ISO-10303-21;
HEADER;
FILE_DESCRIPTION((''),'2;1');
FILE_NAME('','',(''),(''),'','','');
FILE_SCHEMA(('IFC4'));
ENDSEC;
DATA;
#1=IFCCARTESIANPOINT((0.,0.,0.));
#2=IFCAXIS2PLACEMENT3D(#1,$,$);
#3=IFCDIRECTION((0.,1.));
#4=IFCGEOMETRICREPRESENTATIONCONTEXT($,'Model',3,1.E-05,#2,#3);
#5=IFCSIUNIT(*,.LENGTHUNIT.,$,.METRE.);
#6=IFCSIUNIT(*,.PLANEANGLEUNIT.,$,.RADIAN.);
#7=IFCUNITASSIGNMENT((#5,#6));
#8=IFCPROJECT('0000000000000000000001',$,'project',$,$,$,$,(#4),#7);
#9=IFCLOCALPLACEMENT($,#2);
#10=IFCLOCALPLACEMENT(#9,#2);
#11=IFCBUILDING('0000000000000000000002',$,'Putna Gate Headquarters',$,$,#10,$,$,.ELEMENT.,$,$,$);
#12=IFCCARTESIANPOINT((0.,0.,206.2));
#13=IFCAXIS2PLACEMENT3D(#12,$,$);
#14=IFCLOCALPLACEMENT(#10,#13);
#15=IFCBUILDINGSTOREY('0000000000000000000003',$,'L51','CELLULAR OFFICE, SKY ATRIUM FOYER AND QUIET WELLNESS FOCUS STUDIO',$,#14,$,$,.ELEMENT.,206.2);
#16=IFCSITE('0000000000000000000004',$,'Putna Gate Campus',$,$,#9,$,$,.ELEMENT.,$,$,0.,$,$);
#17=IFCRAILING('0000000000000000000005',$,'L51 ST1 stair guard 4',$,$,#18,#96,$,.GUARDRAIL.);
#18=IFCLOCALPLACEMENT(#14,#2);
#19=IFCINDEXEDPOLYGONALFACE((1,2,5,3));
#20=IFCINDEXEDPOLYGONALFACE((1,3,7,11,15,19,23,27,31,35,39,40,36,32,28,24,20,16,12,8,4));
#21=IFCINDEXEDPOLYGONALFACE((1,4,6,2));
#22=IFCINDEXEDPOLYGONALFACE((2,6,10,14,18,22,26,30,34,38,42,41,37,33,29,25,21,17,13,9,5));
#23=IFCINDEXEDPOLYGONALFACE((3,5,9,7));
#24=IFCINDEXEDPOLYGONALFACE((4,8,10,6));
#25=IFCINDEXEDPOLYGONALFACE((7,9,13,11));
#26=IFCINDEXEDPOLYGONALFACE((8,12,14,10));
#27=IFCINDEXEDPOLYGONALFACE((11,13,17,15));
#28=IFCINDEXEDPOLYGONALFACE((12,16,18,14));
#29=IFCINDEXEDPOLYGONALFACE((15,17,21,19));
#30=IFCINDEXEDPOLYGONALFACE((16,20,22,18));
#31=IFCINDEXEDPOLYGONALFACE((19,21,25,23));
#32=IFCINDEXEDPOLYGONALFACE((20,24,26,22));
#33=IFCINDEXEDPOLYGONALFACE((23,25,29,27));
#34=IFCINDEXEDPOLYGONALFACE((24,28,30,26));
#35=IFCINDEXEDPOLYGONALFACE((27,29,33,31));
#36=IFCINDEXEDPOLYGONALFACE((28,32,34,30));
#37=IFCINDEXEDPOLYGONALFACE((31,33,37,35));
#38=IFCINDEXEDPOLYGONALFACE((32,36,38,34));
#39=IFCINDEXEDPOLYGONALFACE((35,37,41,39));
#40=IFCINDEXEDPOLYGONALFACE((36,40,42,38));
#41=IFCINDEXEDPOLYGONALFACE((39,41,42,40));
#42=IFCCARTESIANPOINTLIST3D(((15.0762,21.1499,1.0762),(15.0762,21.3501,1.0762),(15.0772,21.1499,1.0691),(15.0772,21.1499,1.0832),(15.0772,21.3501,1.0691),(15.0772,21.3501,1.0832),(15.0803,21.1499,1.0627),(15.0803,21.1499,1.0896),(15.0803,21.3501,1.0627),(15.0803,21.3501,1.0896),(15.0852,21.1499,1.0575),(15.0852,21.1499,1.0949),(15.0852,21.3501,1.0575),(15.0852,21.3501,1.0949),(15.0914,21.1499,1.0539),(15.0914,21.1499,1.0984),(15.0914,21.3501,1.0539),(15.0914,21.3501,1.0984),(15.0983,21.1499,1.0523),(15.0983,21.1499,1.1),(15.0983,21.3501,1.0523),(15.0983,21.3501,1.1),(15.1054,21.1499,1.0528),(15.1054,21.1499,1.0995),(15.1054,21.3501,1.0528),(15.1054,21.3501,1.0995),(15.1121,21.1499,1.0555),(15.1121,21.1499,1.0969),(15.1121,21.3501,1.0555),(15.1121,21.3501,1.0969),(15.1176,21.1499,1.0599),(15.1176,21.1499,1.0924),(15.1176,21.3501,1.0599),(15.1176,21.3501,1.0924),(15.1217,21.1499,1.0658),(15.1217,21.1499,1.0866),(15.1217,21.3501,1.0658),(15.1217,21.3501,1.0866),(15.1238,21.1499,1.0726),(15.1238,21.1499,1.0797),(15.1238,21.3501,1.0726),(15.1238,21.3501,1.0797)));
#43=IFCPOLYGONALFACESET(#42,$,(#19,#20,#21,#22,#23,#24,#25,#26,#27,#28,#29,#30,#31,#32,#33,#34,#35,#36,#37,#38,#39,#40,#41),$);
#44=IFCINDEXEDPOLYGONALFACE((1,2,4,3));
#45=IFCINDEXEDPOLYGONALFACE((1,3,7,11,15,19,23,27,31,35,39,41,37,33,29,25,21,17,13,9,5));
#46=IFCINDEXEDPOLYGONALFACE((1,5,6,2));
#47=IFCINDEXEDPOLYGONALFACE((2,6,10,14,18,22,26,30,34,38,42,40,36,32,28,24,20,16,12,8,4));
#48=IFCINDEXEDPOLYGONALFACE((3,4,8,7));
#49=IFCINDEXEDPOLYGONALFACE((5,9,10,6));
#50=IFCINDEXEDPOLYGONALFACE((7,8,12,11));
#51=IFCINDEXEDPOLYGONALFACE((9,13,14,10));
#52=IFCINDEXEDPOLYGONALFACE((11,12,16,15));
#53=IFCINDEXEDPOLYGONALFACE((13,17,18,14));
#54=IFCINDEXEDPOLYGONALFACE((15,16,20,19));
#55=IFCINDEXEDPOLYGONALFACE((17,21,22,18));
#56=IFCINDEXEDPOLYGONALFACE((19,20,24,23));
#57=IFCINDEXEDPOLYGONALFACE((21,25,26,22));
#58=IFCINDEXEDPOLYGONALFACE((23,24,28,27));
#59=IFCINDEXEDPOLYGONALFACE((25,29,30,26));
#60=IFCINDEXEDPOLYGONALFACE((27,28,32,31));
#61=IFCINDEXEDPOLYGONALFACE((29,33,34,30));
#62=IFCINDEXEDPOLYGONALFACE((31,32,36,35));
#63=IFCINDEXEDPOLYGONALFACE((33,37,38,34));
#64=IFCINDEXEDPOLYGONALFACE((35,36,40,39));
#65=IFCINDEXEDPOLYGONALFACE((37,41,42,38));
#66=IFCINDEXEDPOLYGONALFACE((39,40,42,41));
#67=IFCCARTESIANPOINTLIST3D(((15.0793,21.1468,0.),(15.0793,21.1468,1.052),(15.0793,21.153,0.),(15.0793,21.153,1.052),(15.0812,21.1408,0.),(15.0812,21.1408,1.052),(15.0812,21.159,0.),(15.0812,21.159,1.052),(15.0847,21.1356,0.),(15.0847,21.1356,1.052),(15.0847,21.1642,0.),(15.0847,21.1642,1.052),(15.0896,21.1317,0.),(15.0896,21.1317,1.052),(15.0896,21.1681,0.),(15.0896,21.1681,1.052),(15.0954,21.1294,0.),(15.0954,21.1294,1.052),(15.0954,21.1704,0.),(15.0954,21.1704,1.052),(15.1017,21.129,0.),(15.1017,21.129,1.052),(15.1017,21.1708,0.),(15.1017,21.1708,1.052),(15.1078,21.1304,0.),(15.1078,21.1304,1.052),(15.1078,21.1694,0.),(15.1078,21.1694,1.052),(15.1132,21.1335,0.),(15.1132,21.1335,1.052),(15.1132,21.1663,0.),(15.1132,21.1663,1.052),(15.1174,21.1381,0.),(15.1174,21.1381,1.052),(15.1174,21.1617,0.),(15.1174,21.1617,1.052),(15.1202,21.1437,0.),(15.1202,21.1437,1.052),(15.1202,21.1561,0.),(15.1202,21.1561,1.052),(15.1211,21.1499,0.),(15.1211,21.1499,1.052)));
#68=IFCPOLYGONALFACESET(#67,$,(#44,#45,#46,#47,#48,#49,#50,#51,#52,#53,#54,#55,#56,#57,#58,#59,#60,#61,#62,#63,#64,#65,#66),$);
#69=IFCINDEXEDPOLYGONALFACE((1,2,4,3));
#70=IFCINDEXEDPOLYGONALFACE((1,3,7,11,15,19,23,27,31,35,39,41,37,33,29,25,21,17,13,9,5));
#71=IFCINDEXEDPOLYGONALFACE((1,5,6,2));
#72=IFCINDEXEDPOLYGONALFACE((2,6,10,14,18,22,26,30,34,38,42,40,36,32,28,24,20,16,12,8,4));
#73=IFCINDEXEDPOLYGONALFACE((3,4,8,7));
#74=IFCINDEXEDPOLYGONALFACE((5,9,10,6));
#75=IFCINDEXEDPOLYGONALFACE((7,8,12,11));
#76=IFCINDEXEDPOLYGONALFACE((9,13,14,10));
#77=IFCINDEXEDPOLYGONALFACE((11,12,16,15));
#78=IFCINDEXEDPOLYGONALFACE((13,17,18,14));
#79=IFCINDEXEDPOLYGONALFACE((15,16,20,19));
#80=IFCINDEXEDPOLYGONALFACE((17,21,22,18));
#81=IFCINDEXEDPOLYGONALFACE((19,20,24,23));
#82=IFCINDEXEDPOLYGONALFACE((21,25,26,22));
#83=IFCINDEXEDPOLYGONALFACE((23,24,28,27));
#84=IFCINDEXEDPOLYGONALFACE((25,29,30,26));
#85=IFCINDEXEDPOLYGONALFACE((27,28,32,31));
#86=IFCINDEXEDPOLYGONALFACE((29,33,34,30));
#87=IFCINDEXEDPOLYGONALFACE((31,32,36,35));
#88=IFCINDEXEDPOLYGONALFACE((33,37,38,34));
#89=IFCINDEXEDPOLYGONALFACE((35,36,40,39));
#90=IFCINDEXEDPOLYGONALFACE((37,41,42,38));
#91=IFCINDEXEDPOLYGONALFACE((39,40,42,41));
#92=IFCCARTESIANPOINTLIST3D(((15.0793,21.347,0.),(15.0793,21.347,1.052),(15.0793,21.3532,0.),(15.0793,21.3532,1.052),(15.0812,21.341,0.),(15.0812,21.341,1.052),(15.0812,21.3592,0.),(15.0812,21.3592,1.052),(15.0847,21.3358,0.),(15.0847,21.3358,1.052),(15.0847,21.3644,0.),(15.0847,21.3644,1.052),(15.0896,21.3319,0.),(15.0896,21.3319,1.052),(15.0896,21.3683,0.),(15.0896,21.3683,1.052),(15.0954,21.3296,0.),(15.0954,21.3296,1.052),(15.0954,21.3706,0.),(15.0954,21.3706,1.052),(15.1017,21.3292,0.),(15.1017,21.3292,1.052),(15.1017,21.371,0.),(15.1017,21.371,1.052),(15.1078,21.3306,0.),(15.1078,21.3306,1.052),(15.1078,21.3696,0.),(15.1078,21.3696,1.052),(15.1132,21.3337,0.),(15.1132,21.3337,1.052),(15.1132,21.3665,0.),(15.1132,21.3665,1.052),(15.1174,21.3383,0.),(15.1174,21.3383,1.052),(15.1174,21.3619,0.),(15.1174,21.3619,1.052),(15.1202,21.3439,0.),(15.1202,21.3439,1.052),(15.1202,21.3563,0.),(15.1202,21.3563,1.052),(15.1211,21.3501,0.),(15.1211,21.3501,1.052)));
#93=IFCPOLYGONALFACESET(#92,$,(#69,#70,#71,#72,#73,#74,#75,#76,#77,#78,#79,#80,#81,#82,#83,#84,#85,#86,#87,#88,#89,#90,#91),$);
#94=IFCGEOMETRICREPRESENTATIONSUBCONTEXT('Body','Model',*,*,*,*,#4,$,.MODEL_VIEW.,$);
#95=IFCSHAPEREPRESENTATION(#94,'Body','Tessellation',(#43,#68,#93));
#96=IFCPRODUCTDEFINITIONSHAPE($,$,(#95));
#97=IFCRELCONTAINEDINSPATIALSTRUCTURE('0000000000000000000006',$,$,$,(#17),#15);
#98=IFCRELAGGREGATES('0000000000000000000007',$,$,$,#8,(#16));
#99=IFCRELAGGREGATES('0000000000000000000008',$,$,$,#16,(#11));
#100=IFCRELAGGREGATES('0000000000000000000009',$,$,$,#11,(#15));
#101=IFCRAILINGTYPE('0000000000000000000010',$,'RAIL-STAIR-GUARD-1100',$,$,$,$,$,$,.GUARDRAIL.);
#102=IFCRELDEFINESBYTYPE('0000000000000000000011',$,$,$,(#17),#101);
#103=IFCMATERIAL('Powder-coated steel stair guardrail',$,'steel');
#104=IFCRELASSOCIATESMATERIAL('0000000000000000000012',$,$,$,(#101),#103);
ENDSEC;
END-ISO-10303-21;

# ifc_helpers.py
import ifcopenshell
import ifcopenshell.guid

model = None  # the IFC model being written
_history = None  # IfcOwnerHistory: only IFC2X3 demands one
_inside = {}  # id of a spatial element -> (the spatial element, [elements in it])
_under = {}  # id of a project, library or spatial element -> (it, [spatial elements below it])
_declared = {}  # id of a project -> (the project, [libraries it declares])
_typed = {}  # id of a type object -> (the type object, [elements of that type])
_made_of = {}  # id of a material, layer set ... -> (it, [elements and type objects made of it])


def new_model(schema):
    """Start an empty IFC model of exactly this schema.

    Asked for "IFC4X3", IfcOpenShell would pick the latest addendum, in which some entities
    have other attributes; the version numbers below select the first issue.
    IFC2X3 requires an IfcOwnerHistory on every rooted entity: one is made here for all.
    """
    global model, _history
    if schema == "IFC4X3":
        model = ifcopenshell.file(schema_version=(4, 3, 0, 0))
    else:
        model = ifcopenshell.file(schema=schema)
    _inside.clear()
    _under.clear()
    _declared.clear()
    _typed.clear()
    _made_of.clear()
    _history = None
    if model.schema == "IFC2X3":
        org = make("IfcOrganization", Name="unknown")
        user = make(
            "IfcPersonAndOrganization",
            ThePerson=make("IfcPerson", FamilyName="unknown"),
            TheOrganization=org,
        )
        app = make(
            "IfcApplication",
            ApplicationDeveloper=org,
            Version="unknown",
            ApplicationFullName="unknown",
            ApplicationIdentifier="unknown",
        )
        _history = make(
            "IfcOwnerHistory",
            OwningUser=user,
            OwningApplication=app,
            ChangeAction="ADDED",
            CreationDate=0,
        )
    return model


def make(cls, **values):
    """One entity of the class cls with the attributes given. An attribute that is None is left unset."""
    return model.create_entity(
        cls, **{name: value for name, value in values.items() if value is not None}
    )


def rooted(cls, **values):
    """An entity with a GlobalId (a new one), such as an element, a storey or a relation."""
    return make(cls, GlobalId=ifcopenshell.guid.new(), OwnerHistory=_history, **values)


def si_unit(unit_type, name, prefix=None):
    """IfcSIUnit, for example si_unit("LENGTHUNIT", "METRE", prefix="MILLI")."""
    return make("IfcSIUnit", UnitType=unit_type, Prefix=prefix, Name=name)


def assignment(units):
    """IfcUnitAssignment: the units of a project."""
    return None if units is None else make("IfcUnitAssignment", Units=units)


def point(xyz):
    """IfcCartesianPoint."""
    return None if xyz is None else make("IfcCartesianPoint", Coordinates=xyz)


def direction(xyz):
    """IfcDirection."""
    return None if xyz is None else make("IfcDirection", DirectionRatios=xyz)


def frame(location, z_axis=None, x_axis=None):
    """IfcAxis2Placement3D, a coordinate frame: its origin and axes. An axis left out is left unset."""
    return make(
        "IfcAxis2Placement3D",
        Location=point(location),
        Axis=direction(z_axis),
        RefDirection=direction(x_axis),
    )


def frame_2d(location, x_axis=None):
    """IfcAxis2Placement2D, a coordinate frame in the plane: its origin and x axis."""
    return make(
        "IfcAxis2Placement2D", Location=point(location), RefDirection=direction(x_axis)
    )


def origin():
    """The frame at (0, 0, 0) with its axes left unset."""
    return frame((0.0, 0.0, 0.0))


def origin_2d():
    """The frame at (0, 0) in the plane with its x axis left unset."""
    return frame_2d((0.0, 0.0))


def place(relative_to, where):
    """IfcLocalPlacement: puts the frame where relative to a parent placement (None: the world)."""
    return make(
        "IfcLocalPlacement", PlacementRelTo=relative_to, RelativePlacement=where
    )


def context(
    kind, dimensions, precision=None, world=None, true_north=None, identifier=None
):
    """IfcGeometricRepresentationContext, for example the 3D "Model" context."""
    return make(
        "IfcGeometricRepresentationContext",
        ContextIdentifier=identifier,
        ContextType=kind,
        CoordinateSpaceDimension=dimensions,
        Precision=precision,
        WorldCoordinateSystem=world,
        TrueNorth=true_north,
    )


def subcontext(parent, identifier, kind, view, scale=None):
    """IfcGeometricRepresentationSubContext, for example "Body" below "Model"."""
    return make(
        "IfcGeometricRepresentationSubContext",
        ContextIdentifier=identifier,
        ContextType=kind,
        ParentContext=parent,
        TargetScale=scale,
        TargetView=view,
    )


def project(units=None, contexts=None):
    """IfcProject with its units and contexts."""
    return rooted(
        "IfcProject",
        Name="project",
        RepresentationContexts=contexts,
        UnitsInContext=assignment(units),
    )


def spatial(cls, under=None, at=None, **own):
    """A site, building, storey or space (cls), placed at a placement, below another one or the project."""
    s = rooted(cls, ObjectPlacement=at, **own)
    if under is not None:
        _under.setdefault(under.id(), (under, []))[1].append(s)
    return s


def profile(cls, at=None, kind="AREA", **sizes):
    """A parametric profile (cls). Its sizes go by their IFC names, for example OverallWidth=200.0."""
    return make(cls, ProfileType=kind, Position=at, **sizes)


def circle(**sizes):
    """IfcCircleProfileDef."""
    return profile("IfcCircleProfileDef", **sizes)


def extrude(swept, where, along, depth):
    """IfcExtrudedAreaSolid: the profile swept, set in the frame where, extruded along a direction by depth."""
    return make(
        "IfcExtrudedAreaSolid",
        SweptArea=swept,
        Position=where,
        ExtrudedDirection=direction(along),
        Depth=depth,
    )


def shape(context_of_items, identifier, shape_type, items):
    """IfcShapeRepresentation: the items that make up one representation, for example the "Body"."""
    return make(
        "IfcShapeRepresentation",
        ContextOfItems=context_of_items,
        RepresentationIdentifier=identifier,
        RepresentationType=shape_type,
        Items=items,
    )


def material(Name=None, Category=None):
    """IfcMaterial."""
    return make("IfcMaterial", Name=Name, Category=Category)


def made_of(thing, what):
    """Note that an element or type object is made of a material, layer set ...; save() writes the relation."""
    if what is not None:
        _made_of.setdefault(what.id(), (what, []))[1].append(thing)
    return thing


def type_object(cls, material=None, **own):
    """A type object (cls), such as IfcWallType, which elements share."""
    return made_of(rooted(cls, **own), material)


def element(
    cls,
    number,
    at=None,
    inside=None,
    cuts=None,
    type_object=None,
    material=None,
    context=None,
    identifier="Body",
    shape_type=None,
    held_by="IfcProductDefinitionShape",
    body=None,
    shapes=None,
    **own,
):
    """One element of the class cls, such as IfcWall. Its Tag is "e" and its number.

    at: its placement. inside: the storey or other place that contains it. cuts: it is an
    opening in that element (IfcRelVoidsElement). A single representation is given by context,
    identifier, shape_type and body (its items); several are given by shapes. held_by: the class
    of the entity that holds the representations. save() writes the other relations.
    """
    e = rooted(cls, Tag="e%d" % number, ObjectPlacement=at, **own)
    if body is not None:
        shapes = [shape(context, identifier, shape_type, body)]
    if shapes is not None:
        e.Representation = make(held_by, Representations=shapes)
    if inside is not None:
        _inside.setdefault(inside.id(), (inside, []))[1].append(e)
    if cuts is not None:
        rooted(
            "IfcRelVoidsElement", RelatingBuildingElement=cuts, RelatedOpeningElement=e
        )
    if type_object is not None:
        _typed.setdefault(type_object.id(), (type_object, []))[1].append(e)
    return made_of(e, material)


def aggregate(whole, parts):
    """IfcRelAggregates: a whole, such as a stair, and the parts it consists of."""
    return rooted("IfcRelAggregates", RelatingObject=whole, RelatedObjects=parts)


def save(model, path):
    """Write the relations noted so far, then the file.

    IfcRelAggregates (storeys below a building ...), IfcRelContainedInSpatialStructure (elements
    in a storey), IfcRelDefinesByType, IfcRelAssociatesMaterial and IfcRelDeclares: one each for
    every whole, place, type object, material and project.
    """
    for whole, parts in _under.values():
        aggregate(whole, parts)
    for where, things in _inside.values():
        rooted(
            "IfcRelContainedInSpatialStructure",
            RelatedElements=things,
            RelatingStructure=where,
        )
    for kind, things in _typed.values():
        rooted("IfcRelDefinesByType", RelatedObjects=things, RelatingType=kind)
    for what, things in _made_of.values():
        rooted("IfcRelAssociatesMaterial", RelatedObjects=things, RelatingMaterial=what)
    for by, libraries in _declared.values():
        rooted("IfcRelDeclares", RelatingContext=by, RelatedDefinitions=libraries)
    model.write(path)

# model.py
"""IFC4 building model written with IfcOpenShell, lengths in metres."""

from ifc_helpers import new_model, si_unit, direction, frame, origin, origin_2d, place, context, subcontext, project, spatial, circle, extrude, material, type_object, element, save


model = new_model("IFC4")

# Units and contexts
model_context = context("Model", 3, precision=1e-05, world=origin(), true_north=direction((0.0, 1.0)))
body_context = subcontext(model_context, "Body", "Model", "MODEL_VIEW")
ifc_project = project(units=[si_unit("LENGTHUNIT", "METRE"), si_unit("PLANEANGLEUNIT", "RADIAN")], contexts=[model_context])

# Site, building, storey
site_placement = place(None, origin())
site = spatial("IfcSite", under=ifc_project, at=site_placement, Name="Putna Gate Campus", CompositionType="ELEMENT", RefElevation=0.0)
building_placement = place(site_placement, origin())
building = spatial("IfcBuilding", under=site, at=building_placement, Name="Putna Gate Headquarters", CompositionType="ELEMENT")
storey_placement = place(building_placement, frame((0.0, 0.0, 206.2)))
storey = spatial("IfcBuildingStorey", under=building, at=storey_placement, Name="L51", Description="CELLULAR OFFICE, SKY ATRIUM FOYER AND QUIET WELLNESS FOCUS STUDIO", CompositionType="ELEMENT", Elevation=206.2)

# Railing
ifc_material_1 = material(Name="Powder-coated steel stair guardrail", Category="steel")
railing_type_1 = type_object("IfcRailingType", Name="RAIL-STAIR-GUARD-1100", PredefinedType="GUARDRAIL", material=ifc_material_1)
railing_1_placement = place(storey_placement, frame((15.1001, 21.1499, 0.0)))
element("IfcRailing", 1, at=railing_1_placement, inside=storey, type_object=railing_type_1, Name="L51 ST1 stair guard 4", PredefinedType="GUARDRAIL", context=body_context, shape_type="SweptSolid", body=[
    extrude(circle(Radius=0.0239, at=origin_2d()), frame((0.0, 0.0, 1.0762), z_axis=(0.0, 1.0, 0.0), x_axis=(-1.0, 0.0, 0.0)), (0.0, 0.0, 1.0), 0.2002),
    extrude(circle(Radius=0.021, at=origin_2d()), origin(), (0.0, 0.0, 1.0), 1.052),
    extrude(circle(Radius=0.021, at=origin_2d()), frame((0.0, 0.2002, 0.0)), (0.0, 0.0, 1.0), 1.052),
])

save(model, "model.ifc")
